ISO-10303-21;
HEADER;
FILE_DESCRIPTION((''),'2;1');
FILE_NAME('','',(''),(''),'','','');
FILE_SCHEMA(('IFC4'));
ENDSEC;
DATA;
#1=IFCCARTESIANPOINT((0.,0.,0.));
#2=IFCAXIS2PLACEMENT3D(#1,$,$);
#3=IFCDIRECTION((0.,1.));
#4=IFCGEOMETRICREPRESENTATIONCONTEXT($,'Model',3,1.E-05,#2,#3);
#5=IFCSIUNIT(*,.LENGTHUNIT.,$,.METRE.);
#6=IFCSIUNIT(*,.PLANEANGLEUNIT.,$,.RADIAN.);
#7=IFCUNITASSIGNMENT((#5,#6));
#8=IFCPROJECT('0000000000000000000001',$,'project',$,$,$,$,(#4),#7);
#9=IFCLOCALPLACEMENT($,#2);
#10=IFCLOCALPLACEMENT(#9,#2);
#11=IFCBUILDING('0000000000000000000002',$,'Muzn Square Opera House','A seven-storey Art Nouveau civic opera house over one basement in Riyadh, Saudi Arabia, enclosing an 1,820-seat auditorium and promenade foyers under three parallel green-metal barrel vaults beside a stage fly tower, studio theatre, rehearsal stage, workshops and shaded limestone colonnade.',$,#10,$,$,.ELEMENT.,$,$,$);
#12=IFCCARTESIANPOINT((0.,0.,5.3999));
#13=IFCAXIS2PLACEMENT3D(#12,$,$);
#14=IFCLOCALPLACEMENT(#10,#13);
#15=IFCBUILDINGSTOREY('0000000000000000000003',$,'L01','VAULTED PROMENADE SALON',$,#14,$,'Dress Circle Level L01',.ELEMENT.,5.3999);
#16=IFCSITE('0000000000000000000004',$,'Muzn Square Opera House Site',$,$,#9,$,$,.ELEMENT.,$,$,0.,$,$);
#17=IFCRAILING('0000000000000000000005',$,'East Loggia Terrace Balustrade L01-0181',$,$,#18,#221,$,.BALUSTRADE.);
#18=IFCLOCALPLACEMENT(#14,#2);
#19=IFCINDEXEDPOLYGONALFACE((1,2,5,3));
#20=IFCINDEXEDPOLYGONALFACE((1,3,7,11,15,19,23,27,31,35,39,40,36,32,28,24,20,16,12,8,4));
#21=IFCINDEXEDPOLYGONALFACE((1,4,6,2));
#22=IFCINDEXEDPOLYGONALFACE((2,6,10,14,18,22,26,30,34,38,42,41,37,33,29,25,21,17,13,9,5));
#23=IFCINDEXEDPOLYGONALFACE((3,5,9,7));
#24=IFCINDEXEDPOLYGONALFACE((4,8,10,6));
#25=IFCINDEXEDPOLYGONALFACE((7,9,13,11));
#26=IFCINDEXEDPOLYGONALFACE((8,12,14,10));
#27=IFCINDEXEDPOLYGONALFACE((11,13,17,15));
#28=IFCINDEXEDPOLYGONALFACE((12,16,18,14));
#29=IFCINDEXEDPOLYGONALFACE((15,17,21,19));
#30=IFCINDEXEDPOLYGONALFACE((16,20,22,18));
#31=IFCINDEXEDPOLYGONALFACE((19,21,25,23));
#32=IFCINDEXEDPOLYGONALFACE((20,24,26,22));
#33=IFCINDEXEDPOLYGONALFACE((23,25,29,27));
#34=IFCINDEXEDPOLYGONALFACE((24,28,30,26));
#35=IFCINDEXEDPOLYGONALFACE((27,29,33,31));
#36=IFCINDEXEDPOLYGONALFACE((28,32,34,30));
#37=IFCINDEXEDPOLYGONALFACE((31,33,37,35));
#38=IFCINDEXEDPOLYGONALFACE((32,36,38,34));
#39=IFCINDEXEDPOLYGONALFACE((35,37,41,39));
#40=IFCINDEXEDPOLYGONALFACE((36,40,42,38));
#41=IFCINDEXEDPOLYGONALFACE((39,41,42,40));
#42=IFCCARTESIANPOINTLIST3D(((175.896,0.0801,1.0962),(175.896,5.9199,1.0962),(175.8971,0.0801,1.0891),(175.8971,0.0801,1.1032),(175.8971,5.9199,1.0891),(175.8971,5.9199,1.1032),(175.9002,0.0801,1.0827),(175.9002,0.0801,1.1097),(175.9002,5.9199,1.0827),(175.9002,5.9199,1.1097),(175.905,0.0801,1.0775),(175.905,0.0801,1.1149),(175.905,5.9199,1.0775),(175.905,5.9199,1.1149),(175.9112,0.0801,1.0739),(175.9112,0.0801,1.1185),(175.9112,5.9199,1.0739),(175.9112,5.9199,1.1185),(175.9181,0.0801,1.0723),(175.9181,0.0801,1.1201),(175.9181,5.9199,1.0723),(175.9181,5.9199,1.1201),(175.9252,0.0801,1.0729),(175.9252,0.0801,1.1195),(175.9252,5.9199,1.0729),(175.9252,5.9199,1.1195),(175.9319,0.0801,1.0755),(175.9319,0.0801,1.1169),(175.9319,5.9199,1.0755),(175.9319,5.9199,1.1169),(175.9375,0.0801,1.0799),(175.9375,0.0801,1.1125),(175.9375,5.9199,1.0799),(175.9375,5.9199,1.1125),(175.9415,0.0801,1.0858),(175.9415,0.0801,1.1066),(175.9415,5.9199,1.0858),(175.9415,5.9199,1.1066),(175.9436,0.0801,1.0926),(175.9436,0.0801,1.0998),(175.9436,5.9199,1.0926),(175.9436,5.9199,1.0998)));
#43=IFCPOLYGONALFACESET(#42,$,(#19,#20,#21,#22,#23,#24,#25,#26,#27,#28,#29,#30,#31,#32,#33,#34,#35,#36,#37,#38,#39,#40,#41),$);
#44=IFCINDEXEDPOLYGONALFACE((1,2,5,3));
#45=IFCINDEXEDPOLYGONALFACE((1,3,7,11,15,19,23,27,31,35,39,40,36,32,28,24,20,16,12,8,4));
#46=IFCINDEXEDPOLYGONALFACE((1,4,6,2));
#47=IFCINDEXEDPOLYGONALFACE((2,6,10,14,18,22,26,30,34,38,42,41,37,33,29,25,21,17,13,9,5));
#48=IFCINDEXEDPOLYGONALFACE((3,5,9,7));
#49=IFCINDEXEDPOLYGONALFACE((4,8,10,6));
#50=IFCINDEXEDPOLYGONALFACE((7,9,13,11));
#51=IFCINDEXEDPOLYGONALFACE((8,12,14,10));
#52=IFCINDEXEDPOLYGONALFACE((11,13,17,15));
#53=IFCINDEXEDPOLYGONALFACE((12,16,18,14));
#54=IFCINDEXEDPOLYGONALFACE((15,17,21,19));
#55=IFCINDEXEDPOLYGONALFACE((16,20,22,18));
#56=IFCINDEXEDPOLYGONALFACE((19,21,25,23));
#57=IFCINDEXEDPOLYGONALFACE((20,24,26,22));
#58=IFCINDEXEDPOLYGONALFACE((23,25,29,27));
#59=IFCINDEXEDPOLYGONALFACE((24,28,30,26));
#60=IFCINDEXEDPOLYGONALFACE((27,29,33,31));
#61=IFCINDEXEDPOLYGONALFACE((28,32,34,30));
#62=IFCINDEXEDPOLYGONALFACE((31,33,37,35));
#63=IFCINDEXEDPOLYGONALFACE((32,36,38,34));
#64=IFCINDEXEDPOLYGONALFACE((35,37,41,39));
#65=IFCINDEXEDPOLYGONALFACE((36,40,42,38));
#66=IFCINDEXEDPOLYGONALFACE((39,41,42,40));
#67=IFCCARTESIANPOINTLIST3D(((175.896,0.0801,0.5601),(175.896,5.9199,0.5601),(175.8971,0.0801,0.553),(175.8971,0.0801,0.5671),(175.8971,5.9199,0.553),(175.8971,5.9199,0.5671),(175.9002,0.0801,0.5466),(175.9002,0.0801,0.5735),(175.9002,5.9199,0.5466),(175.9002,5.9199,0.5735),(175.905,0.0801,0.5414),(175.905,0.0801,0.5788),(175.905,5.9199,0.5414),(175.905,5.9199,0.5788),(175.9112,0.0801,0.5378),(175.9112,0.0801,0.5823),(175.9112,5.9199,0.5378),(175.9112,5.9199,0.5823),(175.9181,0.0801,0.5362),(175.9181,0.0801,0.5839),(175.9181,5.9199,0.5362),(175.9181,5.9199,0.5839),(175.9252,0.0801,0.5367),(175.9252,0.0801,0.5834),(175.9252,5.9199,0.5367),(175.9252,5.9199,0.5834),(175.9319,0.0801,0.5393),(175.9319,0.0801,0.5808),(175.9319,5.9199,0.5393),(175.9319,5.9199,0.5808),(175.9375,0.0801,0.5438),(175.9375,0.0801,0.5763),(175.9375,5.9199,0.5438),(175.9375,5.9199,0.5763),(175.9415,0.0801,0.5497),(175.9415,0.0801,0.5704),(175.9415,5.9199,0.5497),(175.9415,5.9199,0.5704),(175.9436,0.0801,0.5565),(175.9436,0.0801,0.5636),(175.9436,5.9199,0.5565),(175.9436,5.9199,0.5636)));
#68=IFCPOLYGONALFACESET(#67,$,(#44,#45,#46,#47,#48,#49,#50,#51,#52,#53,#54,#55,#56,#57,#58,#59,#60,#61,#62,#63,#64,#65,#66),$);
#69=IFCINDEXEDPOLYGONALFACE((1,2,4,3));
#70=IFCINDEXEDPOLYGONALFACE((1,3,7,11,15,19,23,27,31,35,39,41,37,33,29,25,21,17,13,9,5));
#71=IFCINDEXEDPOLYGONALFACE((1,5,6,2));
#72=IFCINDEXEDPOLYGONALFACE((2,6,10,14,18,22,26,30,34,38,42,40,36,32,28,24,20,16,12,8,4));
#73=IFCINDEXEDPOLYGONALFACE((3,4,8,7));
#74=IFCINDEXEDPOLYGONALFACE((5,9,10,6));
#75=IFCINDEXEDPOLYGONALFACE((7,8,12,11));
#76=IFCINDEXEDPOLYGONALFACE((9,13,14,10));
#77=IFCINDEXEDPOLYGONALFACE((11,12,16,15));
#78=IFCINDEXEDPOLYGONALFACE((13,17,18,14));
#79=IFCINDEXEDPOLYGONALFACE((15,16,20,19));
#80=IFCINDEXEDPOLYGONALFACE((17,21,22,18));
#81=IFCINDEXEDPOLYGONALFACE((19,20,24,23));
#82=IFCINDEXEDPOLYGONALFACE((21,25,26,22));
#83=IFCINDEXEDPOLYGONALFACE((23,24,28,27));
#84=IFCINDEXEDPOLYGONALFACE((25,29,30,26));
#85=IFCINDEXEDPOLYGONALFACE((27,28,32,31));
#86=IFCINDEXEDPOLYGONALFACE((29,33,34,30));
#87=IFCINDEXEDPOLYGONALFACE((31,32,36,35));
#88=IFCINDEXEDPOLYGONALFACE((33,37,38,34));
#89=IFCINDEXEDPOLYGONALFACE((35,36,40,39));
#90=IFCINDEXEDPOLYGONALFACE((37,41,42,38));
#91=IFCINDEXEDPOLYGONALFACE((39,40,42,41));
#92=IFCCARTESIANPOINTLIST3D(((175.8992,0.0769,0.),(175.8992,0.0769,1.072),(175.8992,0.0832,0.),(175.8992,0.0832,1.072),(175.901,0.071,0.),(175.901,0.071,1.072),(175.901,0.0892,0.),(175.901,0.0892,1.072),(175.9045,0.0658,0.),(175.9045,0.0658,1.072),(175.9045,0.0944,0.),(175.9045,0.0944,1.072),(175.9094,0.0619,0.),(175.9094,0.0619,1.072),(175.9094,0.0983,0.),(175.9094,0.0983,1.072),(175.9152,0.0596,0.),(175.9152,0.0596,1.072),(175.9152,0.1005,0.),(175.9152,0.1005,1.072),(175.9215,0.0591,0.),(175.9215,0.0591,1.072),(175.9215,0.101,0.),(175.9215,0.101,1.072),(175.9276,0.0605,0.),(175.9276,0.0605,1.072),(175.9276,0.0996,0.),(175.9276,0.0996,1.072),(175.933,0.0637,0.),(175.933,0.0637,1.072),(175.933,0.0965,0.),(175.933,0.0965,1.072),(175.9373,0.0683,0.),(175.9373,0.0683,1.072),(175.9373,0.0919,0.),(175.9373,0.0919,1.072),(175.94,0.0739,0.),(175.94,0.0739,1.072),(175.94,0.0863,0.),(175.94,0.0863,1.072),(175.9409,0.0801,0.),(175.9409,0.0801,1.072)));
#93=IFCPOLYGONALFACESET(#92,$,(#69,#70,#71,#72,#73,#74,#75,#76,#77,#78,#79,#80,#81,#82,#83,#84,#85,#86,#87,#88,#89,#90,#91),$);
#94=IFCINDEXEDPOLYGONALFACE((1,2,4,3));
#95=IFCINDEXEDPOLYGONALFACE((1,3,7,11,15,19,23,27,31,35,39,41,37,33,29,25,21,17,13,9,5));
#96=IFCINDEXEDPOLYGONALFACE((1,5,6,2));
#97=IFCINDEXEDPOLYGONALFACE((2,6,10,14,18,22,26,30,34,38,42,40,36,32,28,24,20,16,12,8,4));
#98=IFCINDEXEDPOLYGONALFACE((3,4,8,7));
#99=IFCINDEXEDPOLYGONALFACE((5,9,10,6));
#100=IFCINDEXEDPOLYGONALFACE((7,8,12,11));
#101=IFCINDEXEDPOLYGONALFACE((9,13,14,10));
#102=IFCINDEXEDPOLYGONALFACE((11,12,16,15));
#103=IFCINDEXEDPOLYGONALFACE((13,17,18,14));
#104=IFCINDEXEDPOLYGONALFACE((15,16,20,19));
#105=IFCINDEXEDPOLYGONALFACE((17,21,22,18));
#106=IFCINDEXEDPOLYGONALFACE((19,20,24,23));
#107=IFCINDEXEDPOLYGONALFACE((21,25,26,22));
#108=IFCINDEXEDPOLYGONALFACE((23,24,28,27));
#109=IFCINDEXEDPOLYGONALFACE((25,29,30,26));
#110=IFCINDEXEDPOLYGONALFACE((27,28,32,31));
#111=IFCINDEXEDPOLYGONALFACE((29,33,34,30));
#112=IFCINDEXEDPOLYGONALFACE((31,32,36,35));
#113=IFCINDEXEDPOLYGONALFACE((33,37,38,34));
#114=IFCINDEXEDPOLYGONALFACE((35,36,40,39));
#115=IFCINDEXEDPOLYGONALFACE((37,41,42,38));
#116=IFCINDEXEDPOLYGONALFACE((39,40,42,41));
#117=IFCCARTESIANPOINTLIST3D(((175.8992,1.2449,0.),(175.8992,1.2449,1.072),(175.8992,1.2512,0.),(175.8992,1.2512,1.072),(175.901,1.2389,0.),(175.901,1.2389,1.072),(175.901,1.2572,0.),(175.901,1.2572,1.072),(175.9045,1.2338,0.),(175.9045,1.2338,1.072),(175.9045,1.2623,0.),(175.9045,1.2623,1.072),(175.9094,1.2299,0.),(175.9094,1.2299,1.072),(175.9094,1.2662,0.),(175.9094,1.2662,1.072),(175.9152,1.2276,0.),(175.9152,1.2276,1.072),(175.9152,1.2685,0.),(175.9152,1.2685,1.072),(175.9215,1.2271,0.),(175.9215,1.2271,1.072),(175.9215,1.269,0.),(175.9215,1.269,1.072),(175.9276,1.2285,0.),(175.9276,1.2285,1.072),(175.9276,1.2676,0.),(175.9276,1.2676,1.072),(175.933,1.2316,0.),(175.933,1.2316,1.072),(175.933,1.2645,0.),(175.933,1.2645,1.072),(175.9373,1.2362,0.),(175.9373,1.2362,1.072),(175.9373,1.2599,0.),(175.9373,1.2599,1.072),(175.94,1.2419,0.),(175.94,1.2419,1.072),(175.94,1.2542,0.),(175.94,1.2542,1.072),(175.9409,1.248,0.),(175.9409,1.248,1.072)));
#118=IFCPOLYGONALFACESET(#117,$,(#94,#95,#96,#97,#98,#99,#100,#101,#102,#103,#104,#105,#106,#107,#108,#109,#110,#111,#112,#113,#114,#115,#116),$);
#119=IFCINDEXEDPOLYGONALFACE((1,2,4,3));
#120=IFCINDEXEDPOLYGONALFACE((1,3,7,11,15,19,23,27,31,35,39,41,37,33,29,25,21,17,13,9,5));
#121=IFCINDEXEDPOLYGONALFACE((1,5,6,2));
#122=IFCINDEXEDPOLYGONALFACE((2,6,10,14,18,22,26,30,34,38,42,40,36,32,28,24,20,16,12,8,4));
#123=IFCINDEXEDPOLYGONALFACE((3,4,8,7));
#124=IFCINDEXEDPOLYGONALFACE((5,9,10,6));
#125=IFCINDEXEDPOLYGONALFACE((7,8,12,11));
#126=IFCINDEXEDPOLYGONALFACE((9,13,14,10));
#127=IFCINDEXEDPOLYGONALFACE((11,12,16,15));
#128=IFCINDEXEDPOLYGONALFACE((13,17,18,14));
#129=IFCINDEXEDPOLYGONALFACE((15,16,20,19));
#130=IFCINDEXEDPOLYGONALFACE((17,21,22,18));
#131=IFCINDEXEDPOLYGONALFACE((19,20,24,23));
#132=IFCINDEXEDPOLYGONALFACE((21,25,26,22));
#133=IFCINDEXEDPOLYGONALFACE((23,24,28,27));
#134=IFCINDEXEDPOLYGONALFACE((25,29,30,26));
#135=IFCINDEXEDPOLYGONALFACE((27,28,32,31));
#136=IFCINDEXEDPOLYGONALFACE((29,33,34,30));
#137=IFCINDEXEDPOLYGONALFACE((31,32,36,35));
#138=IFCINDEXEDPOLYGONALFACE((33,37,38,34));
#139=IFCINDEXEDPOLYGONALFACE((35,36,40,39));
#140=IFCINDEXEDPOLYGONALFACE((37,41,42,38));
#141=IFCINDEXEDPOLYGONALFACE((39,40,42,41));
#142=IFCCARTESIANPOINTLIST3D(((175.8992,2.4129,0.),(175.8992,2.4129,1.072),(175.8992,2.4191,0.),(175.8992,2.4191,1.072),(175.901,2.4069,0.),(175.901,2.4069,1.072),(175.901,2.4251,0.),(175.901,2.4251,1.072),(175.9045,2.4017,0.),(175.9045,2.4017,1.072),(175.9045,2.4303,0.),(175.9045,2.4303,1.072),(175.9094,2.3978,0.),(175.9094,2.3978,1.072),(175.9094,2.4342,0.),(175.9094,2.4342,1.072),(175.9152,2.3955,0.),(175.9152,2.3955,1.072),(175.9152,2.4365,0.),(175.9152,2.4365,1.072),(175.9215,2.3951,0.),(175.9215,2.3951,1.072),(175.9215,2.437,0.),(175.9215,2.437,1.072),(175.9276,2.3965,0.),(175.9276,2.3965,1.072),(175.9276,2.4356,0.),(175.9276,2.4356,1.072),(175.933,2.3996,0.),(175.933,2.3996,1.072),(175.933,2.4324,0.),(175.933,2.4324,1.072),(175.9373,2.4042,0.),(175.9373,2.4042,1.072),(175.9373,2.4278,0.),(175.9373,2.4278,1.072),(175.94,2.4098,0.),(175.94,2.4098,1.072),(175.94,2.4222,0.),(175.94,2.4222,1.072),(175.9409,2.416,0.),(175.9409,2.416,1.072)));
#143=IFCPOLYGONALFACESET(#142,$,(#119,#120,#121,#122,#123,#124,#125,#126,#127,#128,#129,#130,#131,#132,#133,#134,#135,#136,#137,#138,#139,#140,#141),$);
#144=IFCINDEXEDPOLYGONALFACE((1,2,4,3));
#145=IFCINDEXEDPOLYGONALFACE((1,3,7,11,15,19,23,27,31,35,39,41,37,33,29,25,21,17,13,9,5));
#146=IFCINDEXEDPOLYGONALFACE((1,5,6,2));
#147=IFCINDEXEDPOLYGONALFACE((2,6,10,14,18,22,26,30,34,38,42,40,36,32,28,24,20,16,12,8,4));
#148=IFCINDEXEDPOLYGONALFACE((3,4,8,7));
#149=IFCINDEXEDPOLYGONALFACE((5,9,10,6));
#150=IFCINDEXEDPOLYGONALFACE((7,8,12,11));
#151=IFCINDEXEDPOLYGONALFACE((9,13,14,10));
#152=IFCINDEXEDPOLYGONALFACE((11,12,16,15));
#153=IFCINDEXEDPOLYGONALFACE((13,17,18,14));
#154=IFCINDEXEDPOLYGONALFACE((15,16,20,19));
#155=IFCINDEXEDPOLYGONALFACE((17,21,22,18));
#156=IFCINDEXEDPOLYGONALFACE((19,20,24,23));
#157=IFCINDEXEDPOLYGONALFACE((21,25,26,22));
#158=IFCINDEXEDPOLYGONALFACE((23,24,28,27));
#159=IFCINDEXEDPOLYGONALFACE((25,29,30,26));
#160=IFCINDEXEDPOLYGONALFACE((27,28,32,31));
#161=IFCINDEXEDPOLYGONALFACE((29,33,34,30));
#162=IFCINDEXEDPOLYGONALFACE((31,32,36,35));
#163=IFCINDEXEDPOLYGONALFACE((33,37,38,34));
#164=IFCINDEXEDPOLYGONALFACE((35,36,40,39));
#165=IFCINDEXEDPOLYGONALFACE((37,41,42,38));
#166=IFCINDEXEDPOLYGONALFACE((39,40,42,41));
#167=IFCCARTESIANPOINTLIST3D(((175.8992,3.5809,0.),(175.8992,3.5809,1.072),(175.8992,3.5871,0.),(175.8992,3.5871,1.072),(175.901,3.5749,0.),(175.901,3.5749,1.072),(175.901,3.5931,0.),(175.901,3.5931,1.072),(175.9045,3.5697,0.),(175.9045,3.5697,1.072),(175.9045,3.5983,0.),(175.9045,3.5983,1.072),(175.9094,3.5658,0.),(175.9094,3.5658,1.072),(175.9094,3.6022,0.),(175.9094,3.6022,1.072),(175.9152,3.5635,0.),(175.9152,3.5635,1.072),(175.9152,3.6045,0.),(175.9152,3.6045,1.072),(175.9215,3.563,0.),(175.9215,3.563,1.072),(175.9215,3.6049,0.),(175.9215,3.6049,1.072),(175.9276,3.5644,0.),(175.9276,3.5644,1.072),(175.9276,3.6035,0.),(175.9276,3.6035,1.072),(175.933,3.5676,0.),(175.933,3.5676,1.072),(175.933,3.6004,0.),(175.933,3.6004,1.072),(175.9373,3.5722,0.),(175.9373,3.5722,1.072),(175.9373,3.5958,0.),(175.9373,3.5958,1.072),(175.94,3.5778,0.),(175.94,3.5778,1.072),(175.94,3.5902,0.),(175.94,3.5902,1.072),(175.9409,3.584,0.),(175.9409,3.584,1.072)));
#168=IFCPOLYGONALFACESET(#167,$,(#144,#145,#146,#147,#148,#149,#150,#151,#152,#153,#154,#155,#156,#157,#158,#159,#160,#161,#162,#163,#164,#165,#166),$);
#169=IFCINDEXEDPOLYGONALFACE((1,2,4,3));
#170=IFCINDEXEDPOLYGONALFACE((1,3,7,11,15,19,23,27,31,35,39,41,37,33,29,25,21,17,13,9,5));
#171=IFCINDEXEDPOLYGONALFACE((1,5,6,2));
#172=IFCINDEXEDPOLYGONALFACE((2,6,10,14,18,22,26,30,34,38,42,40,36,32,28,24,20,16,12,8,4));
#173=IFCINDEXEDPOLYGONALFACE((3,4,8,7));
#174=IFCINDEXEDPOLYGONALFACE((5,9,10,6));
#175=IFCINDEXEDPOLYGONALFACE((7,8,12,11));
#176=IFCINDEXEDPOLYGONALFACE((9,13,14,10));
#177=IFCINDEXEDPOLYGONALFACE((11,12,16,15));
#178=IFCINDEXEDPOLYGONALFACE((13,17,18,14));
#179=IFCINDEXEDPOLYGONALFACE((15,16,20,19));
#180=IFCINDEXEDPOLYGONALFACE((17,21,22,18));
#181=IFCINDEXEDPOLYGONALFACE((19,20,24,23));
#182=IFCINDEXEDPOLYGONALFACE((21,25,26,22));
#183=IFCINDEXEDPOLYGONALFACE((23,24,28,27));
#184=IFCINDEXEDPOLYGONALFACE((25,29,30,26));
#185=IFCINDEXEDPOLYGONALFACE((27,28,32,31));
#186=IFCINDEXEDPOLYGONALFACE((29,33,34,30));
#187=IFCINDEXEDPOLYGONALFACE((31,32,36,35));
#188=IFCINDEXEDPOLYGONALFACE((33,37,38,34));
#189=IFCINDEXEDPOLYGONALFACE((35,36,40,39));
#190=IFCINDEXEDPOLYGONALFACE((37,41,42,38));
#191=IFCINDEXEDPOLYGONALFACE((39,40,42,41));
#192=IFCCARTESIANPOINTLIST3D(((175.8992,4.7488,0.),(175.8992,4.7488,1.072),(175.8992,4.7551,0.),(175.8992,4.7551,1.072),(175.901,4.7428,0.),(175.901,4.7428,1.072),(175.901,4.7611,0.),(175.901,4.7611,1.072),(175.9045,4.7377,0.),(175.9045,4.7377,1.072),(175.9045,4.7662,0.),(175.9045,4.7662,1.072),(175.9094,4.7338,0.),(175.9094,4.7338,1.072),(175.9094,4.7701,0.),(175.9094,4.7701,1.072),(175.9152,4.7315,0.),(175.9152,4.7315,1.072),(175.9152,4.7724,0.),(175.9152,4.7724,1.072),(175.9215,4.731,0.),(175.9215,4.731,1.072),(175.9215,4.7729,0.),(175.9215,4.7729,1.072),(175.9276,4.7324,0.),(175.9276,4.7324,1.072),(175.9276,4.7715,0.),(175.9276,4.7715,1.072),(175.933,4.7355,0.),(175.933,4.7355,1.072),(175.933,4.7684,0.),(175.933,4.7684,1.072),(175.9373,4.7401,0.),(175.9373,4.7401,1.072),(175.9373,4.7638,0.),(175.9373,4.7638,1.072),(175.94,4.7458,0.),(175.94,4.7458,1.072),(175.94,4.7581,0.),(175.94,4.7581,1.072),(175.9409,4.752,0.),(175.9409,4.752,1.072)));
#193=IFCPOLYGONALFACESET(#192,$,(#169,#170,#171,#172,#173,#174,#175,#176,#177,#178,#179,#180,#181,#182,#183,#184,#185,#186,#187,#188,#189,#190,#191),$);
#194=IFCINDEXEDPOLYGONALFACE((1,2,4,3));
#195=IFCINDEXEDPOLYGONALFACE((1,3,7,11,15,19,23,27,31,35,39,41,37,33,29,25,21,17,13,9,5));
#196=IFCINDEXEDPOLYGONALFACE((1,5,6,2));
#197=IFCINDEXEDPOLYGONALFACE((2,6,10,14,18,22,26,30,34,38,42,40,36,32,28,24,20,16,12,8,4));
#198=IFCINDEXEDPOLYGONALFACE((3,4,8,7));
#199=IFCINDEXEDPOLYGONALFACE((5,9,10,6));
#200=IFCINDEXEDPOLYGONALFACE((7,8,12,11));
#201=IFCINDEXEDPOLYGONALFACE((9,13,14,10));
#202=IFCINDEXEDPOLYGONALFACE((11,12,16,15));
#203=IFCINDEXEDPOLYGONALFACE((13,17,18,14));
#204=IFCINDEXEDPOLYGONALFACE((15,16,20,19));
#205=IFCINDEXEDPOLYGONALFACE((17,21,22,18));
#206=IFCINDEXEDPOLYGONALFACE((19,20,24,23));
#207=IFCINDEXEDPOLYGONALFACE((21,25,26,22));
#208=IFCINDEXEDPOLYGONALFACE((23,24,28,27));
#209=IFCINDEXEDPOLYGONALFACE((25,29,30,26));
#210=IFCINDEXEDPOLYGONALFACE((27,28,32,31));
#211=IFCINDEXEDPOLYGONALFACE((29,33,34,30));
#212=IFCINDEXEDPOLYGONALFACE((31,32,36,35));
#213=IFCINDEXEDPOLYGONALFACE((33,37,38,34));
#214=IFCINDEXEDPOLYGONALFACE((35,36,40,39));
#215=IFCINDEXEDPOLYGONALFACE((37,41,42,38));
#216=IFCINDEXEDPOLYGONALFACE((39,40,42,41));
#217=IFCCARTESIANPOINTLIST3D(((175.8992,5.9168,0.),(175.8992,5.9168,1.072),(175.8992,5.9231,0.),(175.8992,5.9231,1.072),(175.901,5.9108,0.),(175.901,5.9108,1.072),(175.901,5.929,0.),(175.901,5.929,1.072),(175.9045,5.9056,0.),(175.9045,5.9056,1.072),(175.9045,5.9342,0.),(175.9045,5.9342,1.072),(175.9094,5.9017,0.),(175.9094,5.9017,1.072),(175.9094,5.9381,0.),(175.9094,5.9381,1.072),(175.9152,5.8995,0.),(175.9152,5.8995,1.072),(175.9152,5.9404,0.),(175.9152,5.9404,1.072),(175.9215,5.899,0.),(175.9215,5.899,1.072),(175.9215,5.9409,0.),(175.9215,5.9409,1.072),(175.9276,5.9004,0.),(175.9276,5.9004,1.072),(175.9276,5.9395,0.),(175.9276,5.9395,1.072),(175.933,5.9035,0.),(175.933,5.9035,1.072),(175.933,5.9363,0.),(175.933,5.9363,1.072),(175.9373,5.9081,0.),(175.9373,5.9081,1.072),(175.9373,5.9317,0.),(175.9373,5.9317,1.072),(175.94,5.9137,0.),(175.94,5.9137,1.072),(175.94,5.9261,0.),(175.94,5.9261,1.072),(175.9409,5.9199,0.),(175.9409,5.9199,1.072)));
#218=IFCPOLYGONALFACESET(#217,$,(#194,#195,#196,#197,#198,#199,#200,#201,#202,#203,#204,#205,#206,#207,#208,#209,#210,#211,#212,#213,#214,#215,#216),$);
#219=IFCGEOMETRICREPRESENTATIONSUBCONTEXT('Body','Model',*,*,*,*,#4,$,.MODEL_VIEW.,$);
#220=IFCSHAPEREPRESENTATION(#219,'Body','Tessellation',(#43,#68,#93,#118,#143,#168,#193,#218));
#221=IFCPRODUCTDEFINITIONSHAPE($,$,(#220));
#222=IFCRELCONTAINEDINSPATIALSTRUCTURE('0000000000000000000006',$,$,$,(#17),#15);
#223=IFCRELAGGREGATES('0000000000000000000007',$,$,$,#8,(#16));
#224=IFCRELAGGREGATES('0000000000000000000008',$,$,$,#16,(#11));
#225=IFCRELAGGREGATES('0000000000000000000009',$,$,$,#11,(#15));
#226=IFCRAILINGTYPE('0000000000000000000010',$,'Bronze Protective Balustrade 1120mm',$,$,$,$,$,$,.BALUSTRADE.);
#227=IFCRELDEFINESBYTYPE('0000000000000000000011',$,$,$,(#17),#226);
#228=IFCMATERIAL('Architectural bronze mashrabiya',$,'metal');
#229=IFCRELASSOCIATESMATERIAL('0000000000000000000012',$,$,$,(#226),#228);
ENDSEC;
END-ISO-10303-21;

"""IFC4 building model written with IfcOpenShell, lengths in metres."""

from ifc_helpers import new_model, si_unit, direction, frame, origin, origin_2d, place, context, subcontext, project, spatial, circle, extrude, material, type_object, element, save


model = new_model("IFC4")

# Units and contexts
model_context = context("Model", 3, precision=1e-05, world=origin(), true_north=direction((0.0, 1.0)))
body_context = subcontext(model_context, "Body", "Model", "MODEL_VIEW")
ifc_project = project(units=[si_unit("LENGTHUNIT", "METRE"), si_unit("PLANEANGLEUNIT", "RADIAN")], contexts=[model_context])

# Site, building, storey
site_placement = place(None, origin())
site = spatial("IfcSite", under=ifc_project, at=site_placement, Name="Muzn Square Opera House Site", CompositionType="ELEMENT", RefElevation=0.0)
building_placement = place(site_placement, origin())
building = spatial("IfcBuilding", under=site, at=building_placement, Name="Muzn Square Opera House", Description="A seven-storey Art Nouveau civic opera house over one basement in Riyadh, Saudi Arabia, enclosing an 1,820-seat auditorium and promenade foyers under three parallel green-metal barrel vaults beside a stage fly tower, studio theatre, rehearsal stage, workshops and shaded limestone colonnade.", CompositionType="ELEMENT")
storey_placement = place(building_placement, frame((0.0, 0.0, 5.3999)))
storey = spatial("IfcBuildingStorey", under=building, at=storey_placement, Name="L01", Description="VAULTED PROMENADE SALON", LongName="Dress Circle Level L01", CompositionType="ELEMENT", Elevation=5.3999)

# Railing
ifc_material_1 = material(Name="Architectural bronze mashrabiya", Category="metal")
railing_type = type_object("IfcRailingType", Name="Bronze Protective Balustrade 1120mm", PredefinedType="BALUSTRADE", material=ifc_material_1)
railing_placement = place(storey_placement, frame((175.9199, 0.0801, 0.0)))
element("IfcRailing", 1, at=railing_placement, inside=storey, type_object=railing_type, Name="East Loggia Terrace Balustrade L01-0181", PredefinedType="BALUSTRADE", context=body_context, shape_type="SweptSolid", body=[
    extrude(circle(Radius=0.0239, at=origin_2d()), frame((0.0, 0.0, 1.0962), z_axis=(0.0, 1.0, 0.0), x_axis=(-1.0, 0.0, 0.0)), (0.0, 0.0, 1.0), 5.8398),
    extrude(circle(Radius=0.0239, at=origin_2d()), frame((0.0, 0.0, 0.5601), z_axis=(0.0, 1.0, 0.0), x_axis=(-1.0, 0.0, 0.0)), (0.0, 0.0, 1.0), 5.8398),
    extrude(circle(Radius=0.021, at=origin_2d()), origin(), (0.0, 0.0, 1.0), 1.072),
    extrude(circle(Radius=0.021, at=origin_2d()), frame((0.0, 1.168, 0.0)), (0.0, 0.0, 1.0), 1.072),
    extrude(circle(Radius=0.021, at=origin_2d()), frame((0.0, 2.3359, 0.0)), (0.0, 0.0, 1.0), 1.072),
    extrude(circle(Radius=0.021, at=origin_2d()), frame((0.0, 3.5039, 0.0)), (0.0, 0.0, 1.0), 1.072),
    extrude(circle(Radius=0.021, at=origin_2d()), frame((0.0, 4.6719, 0.0)), (0.0, 0.0, 1.0), 1.072),
    extrude(circle(Radius=0.021, at=origin_2d()), frame((0.0, 5.8398, 0.0)), (0.0, 0.0, 1.0), 1.072),
])

save(model, "model.ifc")
